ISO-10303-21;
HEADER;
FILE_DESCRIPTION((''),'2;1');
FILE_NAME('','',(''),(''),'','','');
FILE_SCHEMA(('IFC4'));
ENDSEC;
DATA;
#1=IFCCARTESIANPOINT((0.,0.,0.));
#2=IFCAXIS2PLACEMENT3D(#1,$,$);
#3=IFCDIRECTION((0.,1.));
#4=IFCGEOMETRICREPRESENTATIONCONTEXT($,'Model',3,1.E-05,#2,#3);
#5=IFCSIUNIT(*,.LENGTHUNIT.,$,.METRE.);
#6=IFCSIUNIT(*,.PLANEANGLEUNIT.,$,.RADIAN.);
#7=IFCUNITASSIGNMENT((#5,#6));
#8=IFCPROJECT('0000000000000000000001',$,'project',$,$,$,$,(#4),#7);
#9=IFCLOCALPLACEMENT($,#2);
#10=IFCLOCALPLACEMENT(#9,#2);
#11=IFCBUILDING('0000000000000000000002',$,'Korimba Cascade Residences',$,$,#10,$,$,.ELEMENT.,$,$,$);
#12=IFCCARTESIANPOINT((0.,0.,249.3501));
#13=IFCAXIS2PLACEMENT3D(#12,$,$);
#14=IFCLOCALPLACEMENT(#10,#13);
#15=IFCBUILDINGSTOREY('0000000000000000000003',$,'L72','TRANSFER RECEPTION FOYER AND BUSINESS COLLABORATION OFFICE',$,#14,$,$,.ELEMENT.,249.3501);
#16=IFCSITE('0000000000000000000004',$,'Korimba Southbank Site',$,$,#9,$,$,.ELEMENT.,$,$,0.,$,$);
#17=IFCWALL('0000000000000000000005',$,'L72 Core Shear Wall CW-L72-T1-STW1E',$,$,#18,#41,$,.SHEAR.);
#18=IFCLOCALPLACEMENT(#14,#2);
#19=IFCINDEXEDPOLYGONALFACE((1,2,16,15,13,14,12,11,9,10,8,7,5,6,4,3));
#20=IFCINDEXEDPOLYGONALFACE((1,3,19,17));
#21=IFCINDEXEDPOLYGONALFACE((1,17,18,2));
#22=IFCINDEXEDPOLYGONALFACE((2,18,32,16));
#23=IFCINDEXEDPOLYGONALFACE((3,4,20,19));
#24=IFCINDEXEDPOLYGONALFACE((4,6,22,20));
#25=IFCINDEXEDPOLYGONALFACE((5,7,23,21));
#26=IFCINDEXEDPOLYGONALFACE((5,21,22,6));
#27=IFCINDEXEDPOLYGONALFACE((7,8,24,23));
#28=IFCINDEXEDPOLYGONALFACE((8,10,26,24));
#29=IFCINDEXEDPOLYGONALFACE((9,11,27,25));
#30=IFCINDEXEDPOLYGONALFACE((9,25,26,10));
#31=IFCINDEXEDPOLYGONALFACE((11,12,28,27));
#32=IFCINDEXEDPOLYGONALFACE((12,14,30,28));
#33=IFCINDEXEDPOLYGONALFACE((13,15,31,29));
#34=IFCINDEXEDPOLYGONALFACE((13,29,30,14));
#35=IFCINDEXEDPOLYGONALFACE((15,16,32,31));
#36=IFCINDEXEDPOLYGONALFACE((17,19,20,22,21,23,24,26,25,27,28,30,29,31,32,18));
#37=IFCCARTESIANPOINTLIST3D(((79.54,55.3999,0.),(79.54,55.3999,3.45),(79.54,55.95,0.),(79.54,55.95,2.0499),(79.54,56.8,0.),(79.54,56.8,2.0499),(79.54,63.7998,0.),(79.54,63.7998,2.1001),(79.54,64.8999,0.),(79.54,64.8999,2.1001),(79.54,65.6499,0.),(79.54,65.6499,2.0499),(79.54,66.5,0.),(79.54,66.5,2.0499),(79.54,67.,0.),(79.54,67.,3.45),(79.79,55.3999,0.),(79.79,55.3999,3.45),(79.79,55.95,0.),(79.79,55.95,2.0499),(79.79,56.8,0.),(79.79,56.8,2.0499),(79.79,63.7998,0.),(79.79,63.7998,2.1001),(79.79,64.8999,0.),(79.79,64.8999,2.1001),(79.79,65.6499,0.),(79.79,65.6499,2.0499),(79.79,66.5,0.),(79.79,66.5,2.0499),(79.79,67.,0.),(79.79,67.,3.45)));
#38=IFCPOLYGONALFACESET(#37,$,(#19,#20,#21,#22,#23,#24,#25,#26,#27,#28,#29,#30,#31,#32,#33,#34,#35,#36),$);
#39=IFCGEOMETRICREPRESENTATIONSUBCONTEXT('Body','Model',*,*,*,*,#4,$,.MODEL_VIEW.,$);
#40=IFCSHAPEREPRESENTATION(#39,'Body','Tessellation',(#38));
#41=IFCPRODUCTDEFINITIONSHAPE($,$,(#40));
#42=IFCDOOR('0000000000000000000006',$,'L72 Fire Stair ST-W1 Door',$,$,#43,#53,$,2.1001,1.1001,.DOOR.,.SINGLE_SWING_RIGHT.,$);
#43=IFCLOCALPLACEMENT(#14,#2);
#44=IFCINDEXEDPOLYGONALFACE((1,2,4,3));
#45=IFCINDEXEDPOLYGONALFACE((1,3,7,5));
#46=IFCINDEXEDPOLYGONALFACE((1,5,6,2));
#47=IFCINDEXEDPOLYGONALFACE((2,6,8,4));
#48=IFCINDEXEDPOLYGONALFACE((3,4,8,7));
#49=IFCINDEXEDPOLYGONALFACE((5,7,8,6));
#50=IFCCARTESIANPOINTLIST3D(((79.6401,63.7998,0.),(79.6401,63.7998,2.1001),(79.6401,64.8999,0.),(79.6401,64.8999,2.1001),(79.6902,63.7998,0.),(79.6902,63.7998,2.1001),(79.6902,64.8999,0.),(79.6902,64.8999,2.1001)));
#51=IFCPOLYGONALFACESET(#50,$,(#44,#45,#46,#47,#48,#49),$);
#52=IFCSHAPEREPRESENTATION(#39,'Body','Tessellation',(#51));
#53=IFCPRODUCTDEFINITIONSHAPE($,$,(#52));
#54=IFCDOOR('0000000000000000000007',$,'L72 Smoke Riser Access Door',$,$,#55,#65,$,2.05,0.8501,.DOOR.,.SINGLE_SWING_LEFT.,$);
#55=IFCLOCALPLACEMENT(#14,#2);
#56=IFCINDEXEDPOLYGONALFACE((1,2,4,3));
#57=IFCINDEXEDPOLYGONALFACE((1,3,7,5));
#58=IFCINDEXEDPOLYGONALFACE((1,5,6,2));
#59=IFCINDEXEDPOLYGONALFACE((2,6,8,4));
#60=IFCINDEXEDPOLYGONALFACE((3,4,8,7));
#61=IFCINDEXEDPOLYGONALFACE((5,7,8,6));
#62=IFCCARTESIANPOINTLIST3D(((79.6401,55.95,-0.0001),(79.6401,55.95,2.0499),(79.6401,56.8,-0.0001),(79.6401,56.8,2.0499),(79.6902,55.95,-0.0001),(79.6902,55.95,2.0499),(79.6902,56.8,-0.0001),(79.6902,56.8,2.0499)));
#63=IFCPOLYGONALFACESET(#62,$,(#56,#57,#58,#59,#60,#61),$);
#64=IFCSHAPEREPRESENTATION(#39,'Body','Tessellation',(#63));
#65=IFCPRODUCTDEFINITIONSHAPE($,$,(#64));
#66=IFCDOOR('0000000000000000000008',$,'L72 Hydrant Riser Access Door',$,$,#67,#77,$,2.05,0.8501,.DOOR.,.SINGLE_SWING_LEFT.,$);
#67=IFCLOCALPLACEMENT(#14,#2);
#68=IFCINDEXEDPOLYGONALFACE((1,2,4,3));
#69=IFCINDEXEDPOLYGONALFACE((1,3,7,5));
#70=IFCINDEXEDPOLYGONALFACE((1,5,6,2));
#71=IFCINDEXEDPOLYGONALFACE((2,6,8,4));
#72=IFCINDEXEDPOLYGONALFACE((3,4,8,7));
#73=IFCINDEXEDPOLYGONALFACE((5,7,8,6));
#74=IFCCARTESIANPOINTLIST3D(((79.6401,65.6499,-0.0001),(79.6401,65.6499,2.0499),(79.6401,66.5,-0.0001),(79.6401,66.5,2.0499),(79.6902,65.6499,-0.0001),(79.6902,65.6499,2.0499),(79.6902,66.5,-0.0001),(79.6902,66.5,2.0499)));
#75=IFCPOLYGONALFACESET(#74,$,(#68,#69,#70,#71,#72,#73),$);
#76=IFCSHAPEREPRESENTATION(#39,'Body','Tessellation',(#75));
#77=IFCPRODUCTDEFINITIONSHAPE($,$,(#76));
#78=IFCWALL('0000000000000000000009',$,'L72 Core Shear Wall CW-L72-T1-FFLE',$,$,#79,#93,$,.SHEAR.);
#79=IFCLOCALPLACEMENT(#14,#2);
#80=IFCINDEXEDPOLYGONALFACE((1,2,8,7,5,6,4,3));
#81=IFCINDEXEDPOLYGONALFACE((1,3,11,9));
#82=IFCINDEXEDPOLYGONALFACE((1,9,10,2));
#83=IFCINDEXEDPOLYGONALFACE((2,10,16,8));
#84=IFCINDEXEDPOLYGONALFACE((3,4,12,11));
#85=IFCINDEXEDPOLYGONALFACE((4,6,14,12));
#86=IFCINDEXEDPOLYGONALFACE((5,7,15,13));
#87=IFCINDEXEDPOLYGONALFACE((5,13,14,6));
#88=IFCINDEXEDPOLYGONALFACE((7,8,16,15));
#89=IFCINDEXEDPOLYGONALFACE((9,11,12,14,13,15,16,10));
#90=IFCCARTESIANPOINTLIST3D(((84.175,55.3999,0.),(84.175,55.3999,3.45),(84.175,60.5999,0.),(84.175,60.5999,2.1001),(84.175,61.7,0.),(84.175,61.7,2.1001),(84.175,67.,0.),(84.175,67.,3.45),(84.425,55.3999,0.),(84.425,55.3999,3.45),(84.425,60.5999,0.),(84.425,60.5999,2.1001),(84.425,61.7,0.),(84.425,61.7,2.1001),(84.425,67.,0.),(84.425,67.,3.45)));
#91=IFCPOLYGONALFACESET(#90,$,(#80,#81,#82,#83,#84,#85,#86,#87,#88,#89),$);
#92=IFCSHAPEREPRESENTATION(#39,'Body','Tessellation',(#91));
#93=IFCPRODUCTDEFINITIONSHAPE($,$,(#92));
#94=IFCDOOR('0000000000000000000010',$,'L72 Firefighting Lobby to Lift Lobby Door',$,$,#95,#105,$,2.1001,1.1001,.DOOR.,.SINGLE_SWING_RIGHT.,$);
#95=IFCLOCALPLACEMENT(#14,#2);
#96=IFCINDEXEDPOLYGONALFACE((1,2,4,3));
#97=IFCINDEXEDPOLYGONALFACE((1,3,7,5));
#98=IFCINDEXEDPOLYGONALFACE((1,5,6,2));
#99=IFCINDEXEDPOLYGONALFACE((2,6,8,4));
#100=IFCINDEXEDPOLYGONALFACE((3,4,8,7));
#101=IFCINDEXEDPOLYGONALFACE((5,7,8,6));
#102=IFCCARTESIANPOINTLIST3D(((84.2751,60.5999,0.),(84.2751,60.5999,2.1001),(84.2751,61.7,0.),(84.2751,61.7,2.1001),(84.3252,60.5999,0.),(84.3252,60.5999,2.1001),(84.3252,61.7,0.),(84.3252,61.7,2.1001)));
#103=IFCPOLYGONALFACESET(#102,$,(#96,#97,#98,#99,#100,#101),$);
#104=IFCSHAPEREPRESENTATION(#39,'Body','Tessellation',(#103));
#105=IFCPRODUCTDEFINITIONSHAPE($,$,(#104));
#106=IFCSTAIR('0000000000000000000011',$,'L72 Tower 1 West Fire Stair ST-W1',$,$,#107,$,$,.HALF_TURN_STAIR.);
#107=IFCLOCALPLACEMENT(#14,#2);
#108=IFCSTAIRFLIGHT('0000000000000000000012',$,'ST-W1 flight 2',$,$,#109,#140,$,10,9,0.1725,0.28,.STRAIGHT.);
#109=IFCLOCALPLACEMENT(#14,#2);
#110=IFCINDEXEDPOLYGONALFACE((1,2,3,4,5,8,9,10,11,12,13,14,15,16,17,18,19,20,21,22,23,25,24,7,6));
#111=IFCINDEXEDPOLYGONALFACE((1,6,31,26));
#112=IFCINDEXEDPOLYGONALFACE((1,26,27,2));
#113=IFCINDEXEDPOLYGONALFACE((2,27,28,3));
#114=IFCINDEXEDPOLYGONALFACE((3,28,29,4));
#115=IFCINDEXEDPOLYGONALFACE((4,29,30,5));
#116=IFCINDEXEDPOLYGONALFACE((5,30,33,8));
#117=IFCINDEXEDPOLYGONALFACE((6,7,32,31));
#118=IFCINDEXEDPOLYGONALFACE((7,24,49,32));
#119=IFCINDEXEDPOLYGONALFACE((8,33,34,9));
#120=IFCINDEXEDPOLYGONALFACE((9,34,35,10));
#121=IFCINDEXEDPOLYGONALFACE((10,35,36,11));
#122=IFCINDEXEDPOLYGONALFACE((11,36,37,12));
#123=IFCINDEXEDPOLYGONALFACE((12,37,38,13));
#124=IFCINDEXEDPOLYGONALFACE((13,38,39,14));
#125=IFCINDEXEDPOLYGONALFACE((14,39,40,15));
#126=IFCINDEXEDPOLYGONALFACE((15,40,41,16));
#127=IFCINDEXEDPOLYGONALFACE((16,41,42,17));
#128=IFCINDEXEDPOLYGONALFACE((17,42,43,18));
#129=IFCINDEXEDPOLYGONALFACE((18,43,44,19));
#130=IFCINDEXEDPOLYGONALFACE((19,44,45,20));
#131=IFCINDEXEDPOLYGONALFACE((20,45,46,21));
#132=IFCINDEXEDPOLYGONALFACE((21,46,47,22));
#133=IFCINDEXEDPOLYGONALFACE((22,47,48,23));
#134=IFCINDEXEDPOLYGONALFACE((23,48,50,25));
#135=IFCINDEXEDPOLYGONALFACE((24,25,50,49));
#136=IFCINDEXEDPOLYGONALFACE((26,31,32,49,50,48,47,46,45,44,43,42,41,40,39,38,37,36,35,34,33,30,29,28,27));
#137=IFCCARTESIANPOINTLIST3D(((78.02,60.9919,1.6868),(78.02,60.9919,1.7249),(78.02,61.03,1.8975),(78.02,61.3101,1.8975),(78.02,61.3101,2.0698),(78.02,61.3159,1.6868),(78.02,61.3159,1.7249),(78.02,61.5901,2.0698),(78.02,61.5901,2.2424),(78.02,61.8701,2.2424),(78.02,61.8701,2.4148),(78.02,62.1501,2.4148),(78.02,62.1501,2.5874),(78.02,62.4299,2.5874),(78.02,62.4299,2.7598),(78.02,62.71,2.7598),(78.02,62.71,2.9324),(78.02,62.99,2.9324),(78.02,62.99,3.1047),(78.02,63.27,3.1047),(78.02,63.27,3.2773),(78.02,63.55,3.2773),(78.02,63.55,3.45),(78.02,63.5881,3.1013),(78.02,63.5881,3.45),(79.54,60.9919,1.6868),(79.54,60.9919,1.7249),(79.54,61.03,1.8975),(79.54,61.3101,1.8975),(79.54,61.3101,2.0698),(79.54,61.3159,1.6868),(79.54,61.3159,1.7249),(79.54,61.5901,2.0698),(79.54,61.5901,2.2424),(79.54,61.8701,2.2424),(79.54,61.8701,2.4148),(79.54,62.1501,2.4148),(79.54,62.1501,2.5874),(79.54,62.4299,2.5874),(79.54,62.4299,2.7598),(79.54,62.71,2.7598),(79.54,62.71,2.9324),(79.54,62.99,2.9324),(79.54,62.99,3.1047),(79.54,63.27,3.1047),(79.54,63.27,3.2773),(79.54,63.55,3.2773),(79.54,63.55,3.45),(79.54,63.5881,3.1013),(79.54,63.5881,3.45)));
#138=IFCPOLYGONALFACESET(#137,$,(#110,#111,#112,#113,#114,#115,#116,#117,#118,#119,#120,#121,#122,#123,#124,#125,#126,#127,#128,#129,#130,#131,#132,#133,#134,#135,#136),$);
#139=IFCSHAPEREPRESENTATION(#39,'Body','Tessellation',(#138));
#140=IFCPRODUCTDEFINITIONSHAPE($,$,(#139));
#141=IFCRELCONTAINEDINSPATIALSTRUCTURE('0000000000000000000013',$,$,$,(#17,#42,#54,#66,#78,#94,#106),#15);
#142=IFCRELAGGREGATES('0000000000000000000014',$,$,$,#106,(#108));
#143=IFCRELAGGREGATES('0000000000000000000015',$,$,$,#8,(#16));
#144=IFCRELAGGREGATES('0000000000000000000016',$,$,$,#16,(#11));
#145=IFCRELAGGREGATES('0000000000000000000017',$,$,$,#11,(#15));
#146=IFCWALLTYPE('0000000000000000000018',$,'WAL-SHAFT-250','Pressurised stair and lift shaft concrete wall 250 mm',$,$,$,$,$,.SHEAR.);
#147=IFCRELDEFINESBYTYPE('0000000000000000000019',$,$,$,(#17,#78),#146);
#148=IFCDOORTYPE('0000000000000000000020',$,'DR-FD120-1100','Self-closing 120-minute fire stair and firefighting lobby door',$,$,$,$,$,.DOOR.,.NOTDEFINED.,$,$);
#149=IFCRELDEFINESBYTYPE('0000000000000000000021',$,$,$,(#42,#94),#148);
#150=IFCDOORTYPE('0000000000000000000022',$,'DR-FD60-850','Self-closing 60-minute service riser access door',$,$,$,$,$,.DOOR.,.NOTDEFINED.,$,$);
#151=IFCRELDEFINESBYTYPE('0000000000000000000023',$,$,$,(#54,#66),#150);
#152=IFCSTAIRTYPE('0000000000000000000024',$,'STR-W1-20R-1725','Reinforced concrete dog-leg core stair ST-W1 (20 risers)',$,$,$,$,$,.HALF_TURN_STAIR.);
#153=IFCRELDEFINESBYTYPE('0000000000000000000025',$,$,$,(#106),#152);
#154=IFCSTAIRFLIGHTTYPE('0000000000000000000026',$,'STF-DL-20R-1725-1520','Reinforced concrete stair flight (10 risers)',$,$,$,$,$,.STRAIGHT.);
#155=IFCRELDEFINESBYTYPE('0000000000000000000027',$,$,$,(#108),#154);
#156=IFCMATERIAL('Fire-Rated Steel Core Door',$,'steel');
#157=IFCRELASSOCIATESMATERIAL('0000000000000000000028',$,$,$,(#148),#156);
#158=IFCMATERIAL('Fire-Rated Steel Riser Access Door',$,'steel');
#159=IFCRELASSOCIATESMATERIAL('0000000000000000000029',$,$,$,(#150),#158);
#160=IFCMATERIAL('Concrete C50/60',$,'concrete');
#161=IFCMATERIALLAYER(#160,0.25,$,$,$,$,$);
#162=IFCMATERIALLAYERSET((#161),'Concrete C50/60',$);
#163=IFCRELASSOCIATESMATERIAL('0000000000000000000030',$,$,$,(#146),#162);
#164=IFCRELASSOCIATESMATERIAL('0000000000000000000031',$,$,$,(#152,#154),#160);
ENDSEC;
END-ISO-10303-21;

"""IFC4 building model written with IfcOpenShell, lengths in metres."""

from ifc_helpers import new_model, si_unit, direction, frame, frame_2d, origin, place, context, subcontext, project, spatial, polyline, rectangle, outline, extrude, material, layer, layer_set, type_object, element, fill, aggregate, save


model = new_model("IFC4")

# Units and contexts
model_context = context("Model", 3, precision=1e-05, world=origin(), true_north=direction((0.0, 1.0)))
body_context = subcontext(model_context, "Body", "Model", "MODEL_VIEW")
ifc_project = project(units=[si_unit("LENGTHUNIT", "METRE"), si_unit("PLANEANGLEUNIT", "RADIAN")], contexts=[model_context])

# Site, building, storey
site_placement = place(None, origin())
site = spatial("IfcSite", under=ifc_project, at=site_placement, Name="Korimba Southbank Site", CompositionType="ELEMENT", RefElevation=0.0)
building_placement = place(site_placement, origin())
building = spatial("IfcBuilding", under=site, at=building_placement, Name="Korimba Cascade Residences", CompositionType="ELEMENT")
storey_placement = place(building_placement, frame((0.0, 0.0, 249.3501)))
storey = spatial("IfcBuildingStorey", under=building, at=storey_placement, Name="L72", Description="TRANSFER RECEPTION FOYER AND BUSINESS COLLABORATION OFFICE", CompositionType="ELEMENT", Elevation=249.3501)

# Shared definitions
ifc_material_1 = material(Name="Concrete C50/60", Category="concrete")

# Shared definitions
ifc_material_2 = material(Name="Fire-Rated Steel Core Door", Category="steel")
door_type_1 = type_object("IfcDoorType", Name="DR-FD120-1100", Description="Self-closing 120-minute fire stair and firefighting lobby door", OperationType="NOTDEFINED", PredefinedType="DOOR", material=ifc_material_2)

# Wall, openings, doors
ifc_material_3 = material(Name="Fire-Rated Steel Riser Access Door", Category="steel")
door_type_2 = type_object("IfcDoorType", Name="DR-FD60-850", Description="Self-closing 60-minute service riser access door", OperationType="NOTDEFINED", PredefinedType="DOOR", material=ifc_material_3)
ifc_layer_1 = layer(ifc_material_1, 0.25)
ifc_layer_set_1 = layer_set([ifc_layer_1], Name="Concrete C50/60")
wall_type_1 = type_object("IfcWallType", Name="WAL-SHAFT-250", Description="Pressurised stair and lift shaft concrete wall 250 mm", PredefinedType="SHEAR", material=ifc_layer_set_1)
wall_1_placement = place(storey_placement, frame((79.665, 55.3999, 0.0), z_axis=(0.0, 0.0, 1.0), x_axis=(0.0, 1.0, 0.0)))
wall_1 = element("IfcWall", 1, at=wall_1_placement, inside=storey, type_object=wall_type_1, Name="L72 Core Shear Wall CW-L72-T1-STW1E", PredefinedType="SHEAR", context=body_context, shape_type="SweptSolid", body=[
    extrude(rectangle(XDim=11.6001, YDim=0.25, at=frame_2d((5.8, 0.0))), origin(), (0.0, 0.0, 1.0), 3.45),
])
opening_1_placement = place(wall_1_placement, frame((0.55, 0.0, 0.0)))
opening_1 = element("IfcOpeningElement", 2, at=opening_1_placement, cuts=wall_1, PredefinedType="OPENING", context=body_context, shape_type="SweptSolid", body=[
    extrude(rectangle(XDim=0.8501, YDim=2.05, at=frame_2d((0.425, 1.0249))), frame((0.0, 0.135, 0.0), z_axis=(0.0, -1.0, 0.0), x_axis=(1.0, 0.0, 0.0)), (0.0, 0.0, 1.0), 0.27),
])
opening_2_placement = place(wall_1_placement, frame((8.3999, 0.0, 0.0)))
opening_2 = element("IfcOpeningElement", 3, at=opening_2_placement, cuts=wall_1, PredefinedType="OPENING", context=body_context, shape_type="SweptSolid", body=[
    extrude(rectangle(XDim=1.1001, YDim=2.1001, at=frame_2d((0.55, 1.05))), frame((0.0, 0.135, 0.0), z_axis=(0.0, -1.0, 0.0), x_axis=(1.0, 0.0, 0.0)), (0.0, 0.0, 1.0), 0.27),
])
opening_3_placement = place(wall_1_placement, frame((10.25, 0.0, 0.0)))
opening_3 = element("IfcOpeningElement", 4, at=opening_3_placement, cuts=wall_1, PredefinedType="OPENING", context=body_context, shape_type="SweptSolid", body=[
    extrude(rectangle(XDim=0.8501, YDim=2.05, at=frame_2d((0.425, 1.0249))), frame((0.0, 0.135, 0.0), z_axis=(0.0, -1.0, 0.0), x_axis=(1.0, 0.0, 0.0)), (0.0, 0.0, 1.0), 0.27),
])
door_1_placement = place(opening_2_placement, origin())
door_1 = element("IfcDoor", 5, at=door_1_placement, inside=storey, type_object=door_type_1, Name="L72 Fire Stair ST-W1 Door", OperationType="SINGLE_SWING_RIGHT", OverallHeight=2.1001, OverallWidth=1.1001, PredefinedType="DOOR", context=body_context, shape_type="SweptSolid", body=[
    extrude(rectangle(XDim=1.1001, YDim=2.1001, at=frame_2d((0.55, 1.05))), frame((0.0, 0.0249, 0.0), z_axis=(0.0, -1.0, 0.0), x_axis=(1.0, 0.0, 0.0)), (0.0, 0.0, 1.0), 0.05),
])
fill(opening_2, door_1)
door_2_placement = place(opening_1_placement, origin())
door_2 = element("IfcDoor", 6, at=door_2_placement, inside=storey, type_object=door_type_2, Name="L72 Smoke Riser Access Door", OperationType="SINGLE_SWING_LEFT", OverallHeight=2.05, OverallWidth=0.8501, PredefinedType="DOOR", context=body_context, shape_type="SweptSolid", body=[
    extrude(rectangle(XDim=0.8501, YDim=2.05, at=frame_2d((0.425, 1.0249))), frame((0.0, 0.0249, 0.0), z_axis=(0.0, -1.0, 0.0), x_axis=(1.0, 0.0, 0.0)), (0.0, 0.0, 1.0), 0.05),
])
fill(opening_1, door_2)
door_3_placement = place(opening_3_placement, origin())
door_3 = element("IfcDoor", 7, at=door_3_placement, inside=storey, type_object=door_type_2, Name="L72 Hydrant Riser Access Door", OperationType="SINGLE_SWING_LEFT", OverallHeight=2.05, OverallWidth=0.8501, PredefinedType="DOOR", context=body_context, shape_type="SweptSolid", body=[
    extrude(rectangle(XDim=0.8501, YDim=2.05, at=frame_2d((0.425, 1.0249))), frame((0.0, 0.0249, 0.0), z_axis=(0.0, -1.0, 0.0), x_axis=(1.0, 0.0, 0.0)), (0.0, 0.0, 1.0), 0.05),
])
fill(opening_3, door_3)

# Wall, opening, door
wall_2_placement = place(storey_placement, frame((84.3, 55.3999, 0.0), z_axis=(0.0, 0.0, 1.0), x_axis=(0.0, 1.0, 0.0)))
wall_2 = element("IfcWall", 8, at=wall_2_placement, inside=storey, type_object=wall_type_1, Name="L72 Core Shear Wall CW-L72-T1-FFLE", PredefinedType="SHEAR", context=body_context, shape_type="SweptSolid", body=[
    extrude(rectangle(XDim=11.6001, YDim=0.25, at=frame_2d((5.8, 0.0))), origin(), (0.0, 0.0, 1.0), 3.45),
])
opening_4_placement = place(wall_2_placement, frame((5.2, 0.0, 0.0)))
opening_4 = element("IfcOpeningElement", 9, at=opening_4_placement, cuts=wall_2, PredefinedType="OPENING", context=body_context, shape_type="SweptSolid", body=[
    extrude(rectangle(XDim=1.1001, YDim=2.1001, at=frame_2d((0.55, 1.05))), frame((0.0, 0.135, 0.0), z_axis=(0.0, -1.0, 0.0), x_axis=(1.0, 0.0, 0.0)), (0.0, 0.0, 1.0), 0.27),
])
door_4_placement = place(opening_4_placement, origin())
door_4 = element("IfcDoor", 10, at=door_4_placement, inside=storey, type_object=door_type_1, Name="L72 Firefighting Lobby to Lift Lobby Door", OperationType="SINGLE_SWING_RIGHT", OverallHeight=2.1001, OverallWidth=1.1001, PredefinedType="DOOR", context=body_context, shape_type="SweptSolid", body=[
    extrude(rectangle(XDim=1.1001, YDim=2.1001, at=frame_2d((0.55, 1.05))), frame((0.0, 0.0249, 0.0), z_axis=(0.0, -1.0, 0.0), x_axis=(1.0, 0.0, 0.0)), (0.0, 0.0, 1.0), 0.05),
])
fill(opening_4, door_4)

# Stair, stair flight
stair_type = type_object("IfcStairType", Name="STR-W1-20R-1725", Description="Reinforced concrete dog-leg core stair ST-W1 (20 risers)", PredefinedType="HALF_TURN_STAIR", material=ifc_material_1)
stair_placement = place(storey_placement, origin())
stair = element("IfcStair", 11, at=stair_placement, inside=storey, type_object=stair_type, Name="L72 Tower 1 West Fire Stair ST-W1", PredefinedType="HALF_TURN_STAIR")
stair_flight_type = type_object("IfcStairFlightType", Name="STF-DL-20R-1725-1520", Description="Reinforced concrete stair flight (10 risers)", PredefinedType="STRAIGHT", material=ifc_material_1)
stair_flight_placement = place(storey_placement, frame((78.78, 61.03, 1.7249), z_axis=(0.0, 0.0, 1.0), x_axis=(0.0, 1.0, 0.0)))
stair_flight = element("IfcStairFlight", 12, at=stair_flight_placement, type_object=stair_flight_type, Name="ST-W1 flight 2", NumberOfRisers=10, NumberOfTreads=9, PredefinedType="STRAIGHT", RiserHeight=0.1725, TreadLength=0.28, context=body_context, shape_type="SweptSolid", body=[
    extrude(outline(polyline([(-0.0381, 0.0), (0.0, 0.1726), (0.28, 0.1726), (0.28, 0.345), (0.5601, 0.345), (0.5601, 0.5176), (0.8401, 0.5176), (0.8401, 0.6899), (1.1201, 0.6899), (1.1201, 0.8625), (1.3999, 0.8625), (1.3999, 1.0349), (1.6799, 1.0349), (1.6799, 1.2075), (1.96, 1.2075), (1.96, 1.3799), (2.24, 1.3799), (2.24, 1.5525), (2.52, 1.5525), (2.52, 1.7251), (2.5581, 1.7251), (2.5581, 1.3765), (0.2859, 0.0), (0.2859, -0.0381), (-0.0381, -0.0381), (-0.0381, 0.0)])), frame((0.0, 0.76, 0.0), z_axis=(0.0, -1.0, 0.0), x_axis=(1.0, 0.0, 0.0)), (0.0, 0.0, 1.0), 1.52),
])
aggregate(stair, [stair_flight])

save(model, "model.ifc")
